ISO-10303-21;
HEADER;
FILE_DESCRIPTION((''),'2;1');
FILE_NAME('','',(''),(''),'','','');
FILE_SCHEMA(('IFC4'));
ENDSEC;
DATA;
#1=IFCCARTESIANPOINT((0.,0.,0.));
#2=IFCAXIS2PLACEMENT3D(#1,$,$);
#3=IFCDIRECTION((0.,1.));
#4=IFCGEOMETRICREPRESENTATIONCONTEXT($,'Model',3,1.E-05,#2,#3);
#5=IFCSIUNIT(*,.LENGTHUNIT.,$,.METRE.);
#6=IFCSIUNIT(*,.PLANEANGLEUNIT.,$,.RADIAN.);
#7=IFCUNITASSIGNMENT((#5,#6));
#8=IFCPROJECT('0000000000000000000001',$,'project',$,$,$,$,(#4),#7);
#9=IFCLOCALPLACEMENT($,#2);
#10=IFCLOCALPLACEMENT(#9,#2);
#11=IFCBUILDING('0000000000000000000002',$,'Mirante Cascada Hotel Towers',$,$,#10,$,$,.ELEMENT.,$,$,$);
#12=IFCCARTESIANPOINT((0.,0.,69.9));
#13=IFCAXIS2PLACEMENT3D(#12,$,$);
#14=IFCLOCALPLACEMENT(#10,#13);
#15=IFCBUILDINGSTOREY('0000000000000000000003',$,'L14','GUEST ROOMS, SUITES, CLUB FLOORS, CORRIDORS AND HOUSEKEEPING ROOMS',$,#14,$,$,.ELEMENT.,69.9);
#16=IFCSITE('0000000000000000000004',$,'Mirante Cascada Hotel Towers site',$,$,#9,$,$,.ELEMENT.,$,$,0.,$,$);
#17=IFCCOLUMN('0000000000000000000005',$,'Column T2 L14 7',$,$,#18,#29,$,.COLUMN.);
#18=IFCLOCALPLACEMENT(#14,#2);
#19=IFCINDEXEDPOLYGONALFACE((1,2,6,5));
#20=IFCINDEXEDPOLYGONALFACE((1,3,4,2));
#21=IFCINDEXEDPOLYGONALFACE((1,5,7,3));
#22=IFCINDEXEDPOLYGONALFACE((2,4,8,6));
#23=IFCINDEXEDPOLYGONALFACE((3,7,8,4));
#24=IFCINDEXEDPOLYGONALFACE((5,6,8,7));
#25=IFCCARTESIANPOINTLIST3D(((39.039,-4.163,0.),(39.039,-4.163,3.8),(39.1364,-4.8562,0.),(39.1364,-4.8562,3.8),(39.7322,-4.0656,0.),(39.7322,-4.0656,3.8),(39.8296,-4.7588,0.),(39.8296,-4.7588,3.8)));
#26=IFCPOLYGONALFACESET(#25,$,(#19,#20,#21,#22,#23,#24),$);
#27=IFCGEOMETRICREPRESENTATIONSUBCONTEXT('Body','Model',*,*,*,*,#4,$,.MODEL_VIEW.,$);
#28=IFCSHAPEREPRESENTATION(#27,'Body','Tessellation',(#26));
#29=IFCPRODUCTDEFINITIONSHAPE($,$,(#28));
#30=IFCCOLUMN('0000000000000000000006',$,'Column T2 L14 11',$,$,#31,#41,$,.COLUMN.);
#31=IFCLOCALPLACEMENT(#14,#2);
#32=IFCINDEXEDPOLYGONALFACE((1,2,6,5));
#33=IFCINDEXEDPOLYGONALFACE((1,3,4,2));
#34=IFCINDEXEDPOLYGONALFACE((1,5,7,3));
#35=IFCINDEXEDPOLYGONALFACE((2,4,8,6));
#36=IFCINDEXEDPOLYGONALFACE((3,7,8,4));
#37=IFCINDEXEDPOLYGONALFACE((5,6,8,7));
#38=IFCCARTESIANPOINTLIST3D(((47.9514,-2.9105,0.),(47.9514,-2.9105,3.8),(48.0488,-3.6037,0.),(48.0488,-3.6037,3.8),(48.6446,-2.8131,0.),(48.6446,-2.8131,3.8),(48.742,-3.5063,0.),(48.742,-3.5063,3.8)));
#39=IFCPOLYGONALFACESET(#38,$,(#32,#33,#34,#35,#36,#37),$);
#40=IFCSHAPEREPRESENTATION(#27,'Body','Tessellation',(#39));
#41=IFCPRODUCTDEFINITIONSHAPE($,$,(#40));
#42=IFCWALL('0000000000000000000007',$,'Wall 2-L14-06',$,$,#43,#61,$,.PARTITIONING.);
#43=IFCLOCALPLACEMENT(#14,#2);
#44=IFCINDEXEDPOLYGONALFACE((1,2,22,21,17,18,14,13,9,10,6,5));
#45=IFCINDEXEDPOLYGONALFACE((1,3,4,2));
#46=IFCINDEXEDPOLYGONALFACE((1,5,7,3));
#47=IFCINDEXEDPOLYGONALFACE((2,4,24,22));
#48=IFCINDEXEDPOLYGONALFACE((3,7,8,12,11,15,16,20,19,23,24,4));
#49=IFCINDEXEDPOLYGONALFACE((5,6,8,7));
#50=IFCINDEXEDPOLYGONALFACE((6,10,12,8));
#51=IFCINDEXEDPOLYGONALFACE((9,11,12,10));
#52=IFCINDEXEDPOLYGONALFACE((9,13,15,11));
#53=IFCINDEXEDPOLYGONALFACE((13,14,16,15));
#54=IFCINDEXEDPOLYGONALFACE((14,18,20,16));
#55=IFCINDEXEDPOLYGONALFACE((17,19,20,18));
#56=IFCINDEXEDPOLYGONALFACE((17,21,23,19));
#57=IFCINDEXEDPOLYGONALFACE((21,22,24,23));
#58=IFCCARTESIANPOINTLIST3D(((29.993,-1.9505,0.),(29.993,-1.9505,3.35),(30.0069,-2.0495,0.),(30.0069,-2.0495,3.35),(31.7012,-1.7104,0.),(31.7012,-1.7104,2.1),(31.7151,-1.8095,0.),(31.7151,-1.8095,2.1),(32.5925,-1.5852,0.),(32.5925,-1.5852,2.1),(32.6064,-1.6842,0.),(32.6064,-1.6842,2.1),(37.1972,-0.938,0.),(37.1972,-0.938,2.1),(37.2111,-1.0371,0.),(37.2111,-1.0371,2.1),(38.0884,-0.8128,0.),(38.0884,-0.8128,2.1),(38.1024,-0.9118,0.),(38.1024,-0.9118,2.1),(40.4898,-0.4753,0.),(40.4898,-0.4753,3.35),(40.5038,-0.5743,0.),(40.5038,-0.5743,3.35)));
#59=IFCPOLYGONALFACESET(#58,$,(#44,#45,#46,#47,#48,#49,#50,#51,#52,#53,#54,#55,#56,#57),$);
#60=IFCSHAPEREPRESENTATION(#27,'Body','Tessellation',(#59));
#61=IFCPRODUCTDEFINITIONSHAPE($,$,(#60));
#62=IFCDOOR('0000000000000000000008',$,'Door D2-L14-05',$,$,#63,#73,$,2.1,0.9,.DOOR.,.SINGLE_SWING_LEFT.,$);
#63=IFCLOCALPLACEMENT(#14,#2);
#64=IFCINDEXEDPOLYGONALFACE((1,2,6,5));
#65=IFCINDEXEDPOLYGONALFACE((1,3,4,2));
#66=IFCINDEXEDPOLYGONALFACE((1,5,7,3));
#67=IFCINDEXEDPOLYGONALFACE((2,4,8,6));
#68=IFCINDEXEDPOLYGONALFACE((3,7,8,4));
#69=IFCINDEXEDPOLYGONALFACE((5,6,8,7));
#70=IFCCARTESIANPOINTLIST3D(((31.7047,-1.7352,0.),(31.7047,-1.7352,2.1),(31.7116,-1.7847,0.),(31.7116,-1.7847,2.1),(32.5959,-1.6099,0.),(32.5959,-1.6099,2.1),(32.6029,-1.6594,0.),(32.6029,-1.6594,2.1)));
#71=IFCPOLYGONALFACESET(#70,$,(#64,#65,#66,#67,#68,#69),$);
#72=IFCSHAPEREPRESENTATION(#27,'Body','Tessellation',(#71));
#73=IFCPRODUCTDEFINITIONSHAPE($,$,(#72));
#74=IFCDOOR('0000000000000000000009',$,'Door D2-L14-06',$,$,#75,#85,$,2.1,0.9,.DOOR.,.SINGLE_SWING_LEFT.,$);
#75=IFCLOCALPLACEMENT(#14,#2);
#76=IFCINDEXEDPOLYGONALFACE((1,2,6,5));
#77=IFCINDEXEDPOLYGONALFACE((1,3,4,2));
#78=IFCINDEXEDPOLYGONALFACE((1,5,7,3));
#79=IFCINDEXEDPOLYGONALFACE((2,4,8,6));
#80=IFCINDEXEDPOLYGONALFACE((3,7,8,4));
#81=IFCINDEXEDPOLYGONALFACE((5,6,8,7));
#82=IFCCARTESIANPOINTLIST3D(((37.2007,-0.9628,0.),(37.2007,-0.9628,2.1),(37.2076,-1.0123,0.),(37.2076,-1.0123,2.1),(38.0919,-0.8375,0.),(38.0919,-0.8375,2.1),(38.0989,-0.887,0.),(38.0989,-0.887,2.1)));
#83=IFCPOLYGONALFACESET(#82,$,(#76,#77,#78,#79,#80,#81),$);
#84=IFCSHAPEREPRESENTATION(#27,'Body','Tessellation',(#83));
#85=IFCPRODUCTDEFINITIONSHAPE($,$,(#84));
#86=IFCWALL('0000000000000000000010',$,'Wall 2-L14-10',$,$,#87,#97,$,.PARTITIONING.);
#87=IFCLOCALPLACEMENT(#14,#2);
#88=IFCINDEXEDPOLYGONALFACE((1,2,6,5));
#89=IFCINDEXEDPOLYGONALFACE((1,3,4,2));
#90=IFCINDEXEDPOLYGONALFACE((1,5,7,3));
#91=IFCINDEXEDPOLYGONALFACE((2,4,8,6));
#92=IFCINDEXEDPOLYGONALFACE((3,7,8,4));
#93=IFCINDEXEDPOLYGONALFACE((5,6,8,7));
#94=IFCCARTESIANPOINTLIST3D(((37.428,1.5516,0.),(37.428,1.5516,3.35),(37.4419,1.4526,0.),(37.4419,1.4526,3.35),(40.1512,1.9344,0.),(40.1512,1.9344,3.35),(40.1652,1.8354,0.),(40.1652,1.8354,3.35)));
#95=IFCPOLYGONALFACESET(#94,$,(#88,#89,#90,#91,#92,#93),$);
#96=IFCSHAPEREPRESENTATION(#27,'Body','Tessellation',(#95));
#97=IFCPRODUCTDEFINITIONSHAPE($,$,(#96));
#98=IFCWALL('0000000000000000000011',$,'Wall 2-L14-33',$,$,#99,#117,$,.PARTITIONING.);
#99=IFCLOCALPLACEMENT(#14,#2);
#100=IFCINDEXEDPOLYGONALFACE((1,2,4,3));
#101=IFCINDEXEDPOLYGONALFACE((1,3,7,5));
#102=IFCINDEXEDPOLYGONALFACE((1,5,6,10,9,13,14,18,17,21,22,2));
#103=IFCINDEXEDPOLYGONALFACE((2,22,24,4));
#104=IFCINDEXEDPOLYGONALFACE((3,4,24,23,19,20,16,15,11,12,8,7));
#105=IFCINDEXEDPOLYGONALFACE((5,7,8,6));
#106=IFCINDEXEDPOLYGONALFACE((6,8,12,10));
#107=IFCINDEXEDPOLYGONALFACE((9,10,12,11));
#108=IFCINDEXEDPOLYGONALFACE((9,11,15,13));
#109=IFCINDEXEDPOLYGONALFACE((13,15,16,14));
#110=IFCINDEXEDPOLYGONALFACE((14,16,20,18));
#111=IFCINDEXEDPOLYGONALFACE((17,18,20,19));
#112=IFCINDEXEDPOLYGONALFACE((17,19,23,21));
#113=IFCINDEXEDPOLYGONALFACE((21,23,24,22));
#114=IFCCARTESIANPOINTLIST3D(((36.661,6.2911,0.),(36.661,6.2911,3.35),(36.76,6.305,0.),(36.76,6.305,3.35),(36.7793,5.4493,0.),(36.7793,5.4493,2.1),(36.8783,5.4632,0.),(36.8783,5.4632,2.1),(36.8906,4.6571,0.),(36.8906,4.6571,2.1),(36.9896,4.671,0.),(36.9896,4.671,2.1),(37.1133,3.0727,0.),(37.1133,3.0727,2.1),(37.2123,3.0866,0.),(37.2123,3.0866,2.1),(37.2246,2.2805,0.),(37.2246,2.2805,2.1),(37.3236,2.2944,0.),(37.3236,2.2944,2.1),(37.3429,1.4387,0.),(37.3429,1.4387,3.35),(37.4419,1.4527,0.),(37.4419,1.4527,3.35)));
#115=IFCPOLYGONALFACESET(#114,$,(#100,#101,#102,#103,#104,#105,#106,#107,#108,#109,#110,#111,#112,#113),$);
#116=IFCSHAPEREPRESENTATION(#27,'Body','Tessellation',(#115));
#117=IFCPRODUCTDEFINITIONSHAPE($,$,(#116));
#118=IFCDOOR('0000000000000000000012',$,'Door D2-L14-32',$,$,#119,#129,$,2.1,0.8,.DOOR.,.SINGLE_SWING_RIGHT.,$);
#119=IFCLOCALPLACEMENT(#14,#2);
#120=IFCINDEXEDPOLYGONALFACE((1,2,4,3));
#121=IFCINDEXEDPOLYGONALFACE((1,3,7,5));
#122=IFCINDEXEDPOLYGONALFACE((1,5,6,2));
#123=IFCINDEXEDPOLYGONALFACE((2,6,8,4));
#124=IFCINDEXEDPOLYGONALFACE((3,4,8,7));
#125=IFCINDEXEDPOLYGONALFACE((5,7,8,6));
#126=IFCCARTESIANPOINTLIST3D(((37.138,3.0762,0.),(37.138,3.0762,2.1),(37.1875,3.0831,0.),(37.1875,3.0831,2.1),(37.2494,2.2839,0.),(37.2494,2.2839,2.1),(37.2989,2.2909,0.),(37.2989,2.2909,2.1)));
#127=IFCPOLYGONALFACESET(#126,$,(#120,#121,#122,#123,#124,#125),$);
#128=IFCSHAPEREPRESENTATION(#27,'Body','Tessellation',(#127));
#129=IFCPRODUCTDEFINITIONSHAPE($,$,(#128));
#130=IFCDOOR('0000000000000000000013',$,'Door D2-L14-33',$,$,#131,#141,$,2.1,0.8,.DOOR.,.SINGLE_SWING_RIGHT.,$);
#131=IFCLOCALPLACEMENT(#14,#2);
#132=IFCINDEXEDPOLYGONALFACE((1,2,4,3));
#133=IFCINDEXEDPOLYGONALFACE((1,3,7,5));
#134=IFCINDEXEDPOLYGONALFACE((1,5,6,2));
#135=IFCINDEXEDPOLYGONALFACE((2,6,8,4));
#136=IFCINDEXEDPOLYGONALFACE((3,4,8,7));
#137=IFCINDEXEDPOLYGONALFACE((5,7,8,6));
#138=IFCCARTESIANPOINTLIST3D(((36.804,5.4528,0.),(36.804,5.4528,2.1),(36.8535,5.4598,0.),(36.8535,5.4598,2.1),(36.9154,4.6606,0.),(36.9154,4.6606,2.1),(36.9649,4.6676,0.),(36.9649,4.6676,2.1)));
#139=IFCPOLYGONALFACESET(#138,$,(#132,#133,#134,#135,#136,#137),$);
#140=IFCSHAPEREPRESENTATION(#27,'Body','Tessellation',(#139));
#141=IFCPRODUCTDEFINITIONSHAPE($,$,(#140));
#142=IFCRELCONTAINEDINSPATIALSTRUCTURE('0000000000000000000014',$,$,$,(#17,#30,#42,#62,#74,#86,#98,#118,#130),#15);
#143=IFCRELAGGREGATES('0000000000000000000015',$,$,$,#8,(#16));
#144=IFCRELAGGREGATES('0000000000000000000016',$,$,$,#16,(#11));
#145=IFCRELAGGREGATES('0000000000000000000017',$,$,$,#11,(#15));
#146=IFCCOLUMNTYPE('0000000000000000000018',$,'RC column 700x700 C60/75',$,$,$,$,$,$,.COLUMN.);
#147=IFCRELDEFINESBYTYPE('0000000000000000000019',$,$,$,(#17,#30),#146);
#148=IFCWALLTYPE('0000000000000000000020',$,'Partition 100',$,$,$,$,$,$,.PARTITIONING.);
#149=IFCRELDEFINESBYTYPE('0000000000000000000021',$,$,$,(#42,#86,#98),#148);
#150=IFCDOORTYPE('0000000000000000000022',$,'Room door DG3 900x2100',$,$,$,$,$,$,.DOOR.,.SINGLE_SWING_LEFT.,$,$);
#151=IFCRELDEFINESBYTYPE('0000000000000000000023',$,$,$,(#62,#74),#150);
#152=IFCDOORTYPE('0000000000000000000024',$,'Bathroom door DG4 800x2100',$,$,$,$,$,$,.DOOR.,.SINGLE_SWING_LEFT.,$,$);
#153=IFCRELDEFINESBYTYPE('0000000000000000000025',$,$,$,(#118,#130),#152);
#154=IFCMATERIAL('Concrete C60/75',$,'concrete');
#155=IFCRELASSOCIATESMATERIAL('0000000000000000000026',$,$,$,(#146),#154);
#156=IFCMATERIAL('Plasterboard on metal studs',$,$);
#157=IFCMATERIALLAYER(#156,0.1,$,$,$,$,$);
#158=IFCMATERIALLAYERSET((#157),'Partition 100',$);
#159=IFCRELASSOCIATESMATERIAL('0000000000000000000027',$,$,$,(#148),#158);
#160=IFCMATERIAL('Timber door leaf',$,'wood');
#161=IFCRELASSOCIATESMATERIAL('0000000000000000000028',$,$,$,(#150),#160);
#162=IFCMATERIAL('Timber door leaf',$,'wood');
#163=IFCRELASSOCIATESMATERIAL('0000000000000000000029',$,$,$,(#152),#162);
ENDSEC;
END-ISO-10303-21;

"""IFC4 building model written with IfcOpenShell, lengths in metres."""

from ifc_helpers import new_model, si_unit, direction, frame, frame_2d, origin, origin_2d, place, context, subcontext, project, spatial, rectangle, extrude, material, layer, layer_set, material_profile, profile_set, type_object, element, fill, save


model = new_model("IFC4")

# Units and contexts
model_context = context("Model", 3, precision=1e-05, world=origin(), true_north=direction((0.0, 1.0)))
body_context = subcontext(model_context, "Body", "Model", "MODEL_VIEW")
ifc_project = project(units=[si_unit("LENGTHUNIT", "METRE"), si_unit("PLANEANGLEUNIT", "RADIAN")], contexts=[model_context])

# Site, building, storey
site_placement = place(None, origin())
site = spatial("IfcSite", under=ifc_project, at=site_placement, Name="Mirante Cascada Hotel Towers site", CompositionType="ELEMENT", RefElevation=0.0)
building_placement = place(site_placement, origin())
building = spatial("IfcBuilding", under=site, at=building_placement, Name="Mirante Cascada Hotel Towers", CompositionType="ELEMENT")
storey_placement = place(building_placement, frame((0.0, 0.0, 69.9)))
storey = spatial("IfcBuildingStorey", under=building, at=storey_placement, Name="L14", Description="GUEST ROOMS, SUITES, CLUB FLOORS, CORRIDORS AND HOUSEKEEPING ROOMS", CompositionType="ELEMENT", Elevation=69.9)

# Columns
ifc_material_1 = material(Name="Concrete C60/75", Category="concrete")
ifc_material_profile = material_profile(ifc_material_1, rectangle(XDim=0.7, YDim=0.7, at=origin_2d()), Name="RC column 700x700 C60/75")
ifc_profile_set = profile_set([ifc_material_profile], Name="Concrete C60/75")
column_type = type_object("IfcColumnType", Name="RC column 700x700 C60/75", PredefinedType="COLUMN", material=ifc_profile_set)
for number, where, z_axis, x_axis, name in (
    (1, (39.4343, -4.4609, 0.0), (0.0, 0.0, 1.0), (0.990268, 0.139173, 0.0), "Column T2 L14 7"),
    (2, (48.3467, -3.2084, 0.0), (0.0, 0.0, 1.0), (0.990268, 0.139173, 0.0), "Column T2 L14 11"),
):
    element("IfcColumn", number, at=place(storey_placement, frame(where, z_axis=z_axis, x_axis=x_axis)), inside=storey, type_object=column_type, Name=name, PredefinedType="COLUMN", context=body_context, shape_type="SweptSolid", body=[
        extrude(rectangle(XDim=0.7, YDim=0.7, at=origin_2d()), origin(), (0.0, 0.0, 1.0), 3.8),
    ])

# Wall, openings, doors
ifc_material_2 = material(Name="Plasterboard on metal studs")
ifc_layer_1 = layer(ifc_material_2, 0.1)
ifc_layer_set_1 = layer_set([ifc_layer_1], Name="Partition 100")
wall_type_1 = type_object("IfcWallType", Name="Partition 100", PredefinedType="PARTITIONING", material=ifc_layer_set_1)
wall_1_placement = place(storey_placement, frame((40.4968, -0.5248, 0.0), z_axis=(0.0, 0.0, 1.0), x_axis=(-0.990268, -0.13917, 0.0)))
wall_1 = element("IfcWall", 3, at=wall_1_placement, inside=storey, type_object=wall_type_1, Name="Wall 2-L14-06", PredefinedType="PARTITIONING", context=body_context, shape_type="SweptSolid", body=[
    extrude(rectangle(XDim=10.6, YDim=0.1, at=frame_2d((5.3, 0.0))), origin(), (0.0, 0.0, 1.0), 3.35),
])
opening_1_placement = place(wall_1_placement, frame((7.975, 0.0, 0.0)))
opening_1 = element("IfcOpeningElement", 4, at=opening_1_placement, cuts=wall_1, PredefinedType="OPENING", context=body_context, shape_type="SweptSolid", body=[
    extrude(rectangle(XDim=0.9, YDim=2.1, at=frame_2d((0.45, 1.05))), frame((0.0, 0.05, 0.0), z_axis=(0.0, -1.0, 0.0), x_axis=(1.0, 0.0, 0.0)), (0.0, 0.0, 1.0), 0.1),
])
opening_2_placement = place(wall_1_placement, frame((2.425, 0.0, 0.0)))
opening_2 = element("IfcOpeningElement", 5, at=opening_2_placement, cuts=wall_1, PredefinedType="OPENING", context=body_context, shape_type="SweptSolid", body=[
    extrude(rectangle(XDim=0.9, YDim=2.1, at=frame_2d((0.45, 1.05))), frame((0.0, 0.05, 0.0), z_axis=(0.0, -1.0, 0.0), x_axis=(1.0, 0.0, 0.0)), (0.0, 0.0, 1.0), 0.1),
])
ifc_material_3 = material(Name="Timber door leaf", Category="wood")
door_type_1 = type_object("IfcDoorType", Name="Room door DG3 900x2100", OperationType="SINGLE_SWING_LEFT", PredefinedType="DOOR", material=ifc_material_3)
door_1_placement = place(opening_1_placement, origin())
door_1 = element("IfcDoor", 6, at=door_1_placement, inside=storey, type_object=door_type_1, Name="Door D2-L14-05", OperationType="SINGLE_SWING_LEFT", OverallHeight=2.1, OverallWidth=0.9, PredefinedType="DOOR", context=body_context, shape_type="SweptSolid", body=[
    extrude(rectangle(XDim=0.9, YDim=2.1, at=frame_2d((0.45, 1.05))), frame((0.0, 0.025, 0.0), z_axis=(0.0, -1.0, 0.0), x_axis=(1.0, 0.0, 0.0)), (0.0, 0.0, 1.0), 0.05),
])
fill(opening_1, door_1)
door_2_placement = place(opening_2_placement, origin())
door_2 = element("IfcDoor", 7, at=door_2_placement, inside=storey, type_object=door_type_1, Name="Door D2-L14-06", OperationType="SINGLE_SWING_LEFT", OverallHeight=2.1, OverallWidth=0.9, PredefinedType="DOOR", context=body_context, shape_type="SweptSolid", body=[
    extrude(rectangle(XDim=0.9, YDim=2.1, at=frame_2d((0.45, 1.05))), frame((0.0, 0.025, 0.0), z_axis=(0.0, -1.0, 0.0), x_axis=(1.0, 0.0, 0.0)), (0.0, 0.0, 1.0), 0.05),
])
fill(opening_2, door_2)

# Wall
wall_2_placement = place(storey_placement, frame((40.1582, 1.8849, 0.0), z_axis=(0.0, 0.0, 1.0), x_axis=(-0.990264, -0.139201, 0.0)))
element("IfcWall", 8, at=wall_2_placement, inside=storey, type_object=wall_type_1, Name="Wall 2-L14-10", PredefinedType="PARTITIONING", context=body_context, shape_type="SweptSolid", body=[
    extrude(rectangle(XDim=2.75, YDim=0.1, at=frame_2d((1.375, 0.0))), origin(), (0.0, 0.0, 1.0), 3.35),
])

# Wall, openings, doors
wall_3_placement = place(storey_placement, frame((37.3924, 1.4457, 0.0), z_axis=(0.0, 0.0, 1.0), x_axis=(-0.139164, 0.990269, 0.0)))
wall_3 = element("IfcWall", 9, at=wall_3_placement, inside=storey, type_object=wall_type_1, Name="Wall 2-L14-33", PredefinedType="PARTITIONING", context=body_context, shape_type="SweptSolid", body=[
    extrude(rectangle(XDim=4.9, YDim=0.1, at=frame_2d((2.45, 0.0))), origin(), (0.0, 0.0, 1.0), 3.35),
])
opening_3_placement = place(wall_3_placement, frame((0.85, 0.0, 0.0)))
opening_3 = element("IfcOpeningElement", 10, at=opening_3_placement, cuts=wall_3, PredefinedType="OPENING", context=body_context, shape_type="SweptSolid", body=[
    extrude(rectangle(XDim=0.8, YDim=2.1, at=frame_2d((0.4, 1.05))), frame((0.0, 0.05, 0.0), z_axis=(0.0, -1.0, 0.0), x_axis=(1.0, 0.0, 0.0)), (0.0, 0.0, 1.0), 0.1),
])
opening_4_placement = place(wall_3_placement, frame((3.25, 0.0, 0.0)))
opening_4 = element("IfcOpeningElement", 11, at=opening_4_placement, cuts=wall_3, PredefinedType="OPENING", context=body_context, shape_type="SweptSolid", body=[
    extrude(rectangle(XDim=0.8, YDim=2.1, at=frame_2d((0.4, 1.05))), frame((0.0, 0.05, 0.0), z_axis=(0.0, -1.0, 0.0), x_axis=(1.0, 0.0, 0.0)), (0.0, 0.0, 1.0), 0.1),
])
ifc_material_4 = material(Name="Timber door leaf", Category="wood")
door_type_2 = type_object("IfcDoorType", Name="Bathroom door DG4 800x2100", OperationType="SINGLE_SWING_LEFT", PredefinedType="DOOR", material=ifc_material_4)
door_3_placement = place(opening_3_placement, frame((0.8, 0.0, 0.0), z_axis=(0.0, 0.0, 1.0), x_axis=(-1.0, 0.0, 0.0)))
door_3 = element("IfcDoor", 12, at=door_3_placement, inside=storey, type_object=door_type_2, Name="Door D2-L14-32", OperationType="SINGLE_SWING_RIGHT", OverallHeight=2.1, OverallWidth=0.8, PredefinedType="DOOR", context=body_context, shape_type="SweptSolid", body=[
    extrude(rectangle(XDim=0.8, YDim=2.1, at=frame_2d((0.4, 1.05))), frame((0.0, 0.025, 0.0), z_axis=(0.0, -1.0, 0.0), x_axis=(1.0, 0.0, 0.0)), (0.0, 0.0, 1.0), 0.05),
])
fill(opening_3, door_3)
door_4_placement = place(opening_4_placement, frame((0.8, 0.0, 0.0), z_axis=(0.0, 0.0, 1.0), x_axis=(-1.0, 0.0, 0.0)))
door_4 = element("IfcDoor", 13, at=door_4_placement, inside=storey, type_object=door_type_2, Name="Door D2-L14-33", OperationType="SINGLE_SWING_RIGHT", OverallHeight=2.1, OverallWidth=0.8, PredefinedType="DOOR", context=body_context, shape_type="SweptSolid", body=[
    extrude(rectangle(XDim=0.8, YDim=2.1, at=frame_2d((0.4, 1.05))), frame((0.0, 0.025, 0.0), z_axis=(0.0, -1.0, 0.0), x_axis=(1.0, 0.0, 0.0)), (0.0, 0.0, 1.0), 0.05),
])
fill(opening_4, door_4)

save(model, "model.ifc")
